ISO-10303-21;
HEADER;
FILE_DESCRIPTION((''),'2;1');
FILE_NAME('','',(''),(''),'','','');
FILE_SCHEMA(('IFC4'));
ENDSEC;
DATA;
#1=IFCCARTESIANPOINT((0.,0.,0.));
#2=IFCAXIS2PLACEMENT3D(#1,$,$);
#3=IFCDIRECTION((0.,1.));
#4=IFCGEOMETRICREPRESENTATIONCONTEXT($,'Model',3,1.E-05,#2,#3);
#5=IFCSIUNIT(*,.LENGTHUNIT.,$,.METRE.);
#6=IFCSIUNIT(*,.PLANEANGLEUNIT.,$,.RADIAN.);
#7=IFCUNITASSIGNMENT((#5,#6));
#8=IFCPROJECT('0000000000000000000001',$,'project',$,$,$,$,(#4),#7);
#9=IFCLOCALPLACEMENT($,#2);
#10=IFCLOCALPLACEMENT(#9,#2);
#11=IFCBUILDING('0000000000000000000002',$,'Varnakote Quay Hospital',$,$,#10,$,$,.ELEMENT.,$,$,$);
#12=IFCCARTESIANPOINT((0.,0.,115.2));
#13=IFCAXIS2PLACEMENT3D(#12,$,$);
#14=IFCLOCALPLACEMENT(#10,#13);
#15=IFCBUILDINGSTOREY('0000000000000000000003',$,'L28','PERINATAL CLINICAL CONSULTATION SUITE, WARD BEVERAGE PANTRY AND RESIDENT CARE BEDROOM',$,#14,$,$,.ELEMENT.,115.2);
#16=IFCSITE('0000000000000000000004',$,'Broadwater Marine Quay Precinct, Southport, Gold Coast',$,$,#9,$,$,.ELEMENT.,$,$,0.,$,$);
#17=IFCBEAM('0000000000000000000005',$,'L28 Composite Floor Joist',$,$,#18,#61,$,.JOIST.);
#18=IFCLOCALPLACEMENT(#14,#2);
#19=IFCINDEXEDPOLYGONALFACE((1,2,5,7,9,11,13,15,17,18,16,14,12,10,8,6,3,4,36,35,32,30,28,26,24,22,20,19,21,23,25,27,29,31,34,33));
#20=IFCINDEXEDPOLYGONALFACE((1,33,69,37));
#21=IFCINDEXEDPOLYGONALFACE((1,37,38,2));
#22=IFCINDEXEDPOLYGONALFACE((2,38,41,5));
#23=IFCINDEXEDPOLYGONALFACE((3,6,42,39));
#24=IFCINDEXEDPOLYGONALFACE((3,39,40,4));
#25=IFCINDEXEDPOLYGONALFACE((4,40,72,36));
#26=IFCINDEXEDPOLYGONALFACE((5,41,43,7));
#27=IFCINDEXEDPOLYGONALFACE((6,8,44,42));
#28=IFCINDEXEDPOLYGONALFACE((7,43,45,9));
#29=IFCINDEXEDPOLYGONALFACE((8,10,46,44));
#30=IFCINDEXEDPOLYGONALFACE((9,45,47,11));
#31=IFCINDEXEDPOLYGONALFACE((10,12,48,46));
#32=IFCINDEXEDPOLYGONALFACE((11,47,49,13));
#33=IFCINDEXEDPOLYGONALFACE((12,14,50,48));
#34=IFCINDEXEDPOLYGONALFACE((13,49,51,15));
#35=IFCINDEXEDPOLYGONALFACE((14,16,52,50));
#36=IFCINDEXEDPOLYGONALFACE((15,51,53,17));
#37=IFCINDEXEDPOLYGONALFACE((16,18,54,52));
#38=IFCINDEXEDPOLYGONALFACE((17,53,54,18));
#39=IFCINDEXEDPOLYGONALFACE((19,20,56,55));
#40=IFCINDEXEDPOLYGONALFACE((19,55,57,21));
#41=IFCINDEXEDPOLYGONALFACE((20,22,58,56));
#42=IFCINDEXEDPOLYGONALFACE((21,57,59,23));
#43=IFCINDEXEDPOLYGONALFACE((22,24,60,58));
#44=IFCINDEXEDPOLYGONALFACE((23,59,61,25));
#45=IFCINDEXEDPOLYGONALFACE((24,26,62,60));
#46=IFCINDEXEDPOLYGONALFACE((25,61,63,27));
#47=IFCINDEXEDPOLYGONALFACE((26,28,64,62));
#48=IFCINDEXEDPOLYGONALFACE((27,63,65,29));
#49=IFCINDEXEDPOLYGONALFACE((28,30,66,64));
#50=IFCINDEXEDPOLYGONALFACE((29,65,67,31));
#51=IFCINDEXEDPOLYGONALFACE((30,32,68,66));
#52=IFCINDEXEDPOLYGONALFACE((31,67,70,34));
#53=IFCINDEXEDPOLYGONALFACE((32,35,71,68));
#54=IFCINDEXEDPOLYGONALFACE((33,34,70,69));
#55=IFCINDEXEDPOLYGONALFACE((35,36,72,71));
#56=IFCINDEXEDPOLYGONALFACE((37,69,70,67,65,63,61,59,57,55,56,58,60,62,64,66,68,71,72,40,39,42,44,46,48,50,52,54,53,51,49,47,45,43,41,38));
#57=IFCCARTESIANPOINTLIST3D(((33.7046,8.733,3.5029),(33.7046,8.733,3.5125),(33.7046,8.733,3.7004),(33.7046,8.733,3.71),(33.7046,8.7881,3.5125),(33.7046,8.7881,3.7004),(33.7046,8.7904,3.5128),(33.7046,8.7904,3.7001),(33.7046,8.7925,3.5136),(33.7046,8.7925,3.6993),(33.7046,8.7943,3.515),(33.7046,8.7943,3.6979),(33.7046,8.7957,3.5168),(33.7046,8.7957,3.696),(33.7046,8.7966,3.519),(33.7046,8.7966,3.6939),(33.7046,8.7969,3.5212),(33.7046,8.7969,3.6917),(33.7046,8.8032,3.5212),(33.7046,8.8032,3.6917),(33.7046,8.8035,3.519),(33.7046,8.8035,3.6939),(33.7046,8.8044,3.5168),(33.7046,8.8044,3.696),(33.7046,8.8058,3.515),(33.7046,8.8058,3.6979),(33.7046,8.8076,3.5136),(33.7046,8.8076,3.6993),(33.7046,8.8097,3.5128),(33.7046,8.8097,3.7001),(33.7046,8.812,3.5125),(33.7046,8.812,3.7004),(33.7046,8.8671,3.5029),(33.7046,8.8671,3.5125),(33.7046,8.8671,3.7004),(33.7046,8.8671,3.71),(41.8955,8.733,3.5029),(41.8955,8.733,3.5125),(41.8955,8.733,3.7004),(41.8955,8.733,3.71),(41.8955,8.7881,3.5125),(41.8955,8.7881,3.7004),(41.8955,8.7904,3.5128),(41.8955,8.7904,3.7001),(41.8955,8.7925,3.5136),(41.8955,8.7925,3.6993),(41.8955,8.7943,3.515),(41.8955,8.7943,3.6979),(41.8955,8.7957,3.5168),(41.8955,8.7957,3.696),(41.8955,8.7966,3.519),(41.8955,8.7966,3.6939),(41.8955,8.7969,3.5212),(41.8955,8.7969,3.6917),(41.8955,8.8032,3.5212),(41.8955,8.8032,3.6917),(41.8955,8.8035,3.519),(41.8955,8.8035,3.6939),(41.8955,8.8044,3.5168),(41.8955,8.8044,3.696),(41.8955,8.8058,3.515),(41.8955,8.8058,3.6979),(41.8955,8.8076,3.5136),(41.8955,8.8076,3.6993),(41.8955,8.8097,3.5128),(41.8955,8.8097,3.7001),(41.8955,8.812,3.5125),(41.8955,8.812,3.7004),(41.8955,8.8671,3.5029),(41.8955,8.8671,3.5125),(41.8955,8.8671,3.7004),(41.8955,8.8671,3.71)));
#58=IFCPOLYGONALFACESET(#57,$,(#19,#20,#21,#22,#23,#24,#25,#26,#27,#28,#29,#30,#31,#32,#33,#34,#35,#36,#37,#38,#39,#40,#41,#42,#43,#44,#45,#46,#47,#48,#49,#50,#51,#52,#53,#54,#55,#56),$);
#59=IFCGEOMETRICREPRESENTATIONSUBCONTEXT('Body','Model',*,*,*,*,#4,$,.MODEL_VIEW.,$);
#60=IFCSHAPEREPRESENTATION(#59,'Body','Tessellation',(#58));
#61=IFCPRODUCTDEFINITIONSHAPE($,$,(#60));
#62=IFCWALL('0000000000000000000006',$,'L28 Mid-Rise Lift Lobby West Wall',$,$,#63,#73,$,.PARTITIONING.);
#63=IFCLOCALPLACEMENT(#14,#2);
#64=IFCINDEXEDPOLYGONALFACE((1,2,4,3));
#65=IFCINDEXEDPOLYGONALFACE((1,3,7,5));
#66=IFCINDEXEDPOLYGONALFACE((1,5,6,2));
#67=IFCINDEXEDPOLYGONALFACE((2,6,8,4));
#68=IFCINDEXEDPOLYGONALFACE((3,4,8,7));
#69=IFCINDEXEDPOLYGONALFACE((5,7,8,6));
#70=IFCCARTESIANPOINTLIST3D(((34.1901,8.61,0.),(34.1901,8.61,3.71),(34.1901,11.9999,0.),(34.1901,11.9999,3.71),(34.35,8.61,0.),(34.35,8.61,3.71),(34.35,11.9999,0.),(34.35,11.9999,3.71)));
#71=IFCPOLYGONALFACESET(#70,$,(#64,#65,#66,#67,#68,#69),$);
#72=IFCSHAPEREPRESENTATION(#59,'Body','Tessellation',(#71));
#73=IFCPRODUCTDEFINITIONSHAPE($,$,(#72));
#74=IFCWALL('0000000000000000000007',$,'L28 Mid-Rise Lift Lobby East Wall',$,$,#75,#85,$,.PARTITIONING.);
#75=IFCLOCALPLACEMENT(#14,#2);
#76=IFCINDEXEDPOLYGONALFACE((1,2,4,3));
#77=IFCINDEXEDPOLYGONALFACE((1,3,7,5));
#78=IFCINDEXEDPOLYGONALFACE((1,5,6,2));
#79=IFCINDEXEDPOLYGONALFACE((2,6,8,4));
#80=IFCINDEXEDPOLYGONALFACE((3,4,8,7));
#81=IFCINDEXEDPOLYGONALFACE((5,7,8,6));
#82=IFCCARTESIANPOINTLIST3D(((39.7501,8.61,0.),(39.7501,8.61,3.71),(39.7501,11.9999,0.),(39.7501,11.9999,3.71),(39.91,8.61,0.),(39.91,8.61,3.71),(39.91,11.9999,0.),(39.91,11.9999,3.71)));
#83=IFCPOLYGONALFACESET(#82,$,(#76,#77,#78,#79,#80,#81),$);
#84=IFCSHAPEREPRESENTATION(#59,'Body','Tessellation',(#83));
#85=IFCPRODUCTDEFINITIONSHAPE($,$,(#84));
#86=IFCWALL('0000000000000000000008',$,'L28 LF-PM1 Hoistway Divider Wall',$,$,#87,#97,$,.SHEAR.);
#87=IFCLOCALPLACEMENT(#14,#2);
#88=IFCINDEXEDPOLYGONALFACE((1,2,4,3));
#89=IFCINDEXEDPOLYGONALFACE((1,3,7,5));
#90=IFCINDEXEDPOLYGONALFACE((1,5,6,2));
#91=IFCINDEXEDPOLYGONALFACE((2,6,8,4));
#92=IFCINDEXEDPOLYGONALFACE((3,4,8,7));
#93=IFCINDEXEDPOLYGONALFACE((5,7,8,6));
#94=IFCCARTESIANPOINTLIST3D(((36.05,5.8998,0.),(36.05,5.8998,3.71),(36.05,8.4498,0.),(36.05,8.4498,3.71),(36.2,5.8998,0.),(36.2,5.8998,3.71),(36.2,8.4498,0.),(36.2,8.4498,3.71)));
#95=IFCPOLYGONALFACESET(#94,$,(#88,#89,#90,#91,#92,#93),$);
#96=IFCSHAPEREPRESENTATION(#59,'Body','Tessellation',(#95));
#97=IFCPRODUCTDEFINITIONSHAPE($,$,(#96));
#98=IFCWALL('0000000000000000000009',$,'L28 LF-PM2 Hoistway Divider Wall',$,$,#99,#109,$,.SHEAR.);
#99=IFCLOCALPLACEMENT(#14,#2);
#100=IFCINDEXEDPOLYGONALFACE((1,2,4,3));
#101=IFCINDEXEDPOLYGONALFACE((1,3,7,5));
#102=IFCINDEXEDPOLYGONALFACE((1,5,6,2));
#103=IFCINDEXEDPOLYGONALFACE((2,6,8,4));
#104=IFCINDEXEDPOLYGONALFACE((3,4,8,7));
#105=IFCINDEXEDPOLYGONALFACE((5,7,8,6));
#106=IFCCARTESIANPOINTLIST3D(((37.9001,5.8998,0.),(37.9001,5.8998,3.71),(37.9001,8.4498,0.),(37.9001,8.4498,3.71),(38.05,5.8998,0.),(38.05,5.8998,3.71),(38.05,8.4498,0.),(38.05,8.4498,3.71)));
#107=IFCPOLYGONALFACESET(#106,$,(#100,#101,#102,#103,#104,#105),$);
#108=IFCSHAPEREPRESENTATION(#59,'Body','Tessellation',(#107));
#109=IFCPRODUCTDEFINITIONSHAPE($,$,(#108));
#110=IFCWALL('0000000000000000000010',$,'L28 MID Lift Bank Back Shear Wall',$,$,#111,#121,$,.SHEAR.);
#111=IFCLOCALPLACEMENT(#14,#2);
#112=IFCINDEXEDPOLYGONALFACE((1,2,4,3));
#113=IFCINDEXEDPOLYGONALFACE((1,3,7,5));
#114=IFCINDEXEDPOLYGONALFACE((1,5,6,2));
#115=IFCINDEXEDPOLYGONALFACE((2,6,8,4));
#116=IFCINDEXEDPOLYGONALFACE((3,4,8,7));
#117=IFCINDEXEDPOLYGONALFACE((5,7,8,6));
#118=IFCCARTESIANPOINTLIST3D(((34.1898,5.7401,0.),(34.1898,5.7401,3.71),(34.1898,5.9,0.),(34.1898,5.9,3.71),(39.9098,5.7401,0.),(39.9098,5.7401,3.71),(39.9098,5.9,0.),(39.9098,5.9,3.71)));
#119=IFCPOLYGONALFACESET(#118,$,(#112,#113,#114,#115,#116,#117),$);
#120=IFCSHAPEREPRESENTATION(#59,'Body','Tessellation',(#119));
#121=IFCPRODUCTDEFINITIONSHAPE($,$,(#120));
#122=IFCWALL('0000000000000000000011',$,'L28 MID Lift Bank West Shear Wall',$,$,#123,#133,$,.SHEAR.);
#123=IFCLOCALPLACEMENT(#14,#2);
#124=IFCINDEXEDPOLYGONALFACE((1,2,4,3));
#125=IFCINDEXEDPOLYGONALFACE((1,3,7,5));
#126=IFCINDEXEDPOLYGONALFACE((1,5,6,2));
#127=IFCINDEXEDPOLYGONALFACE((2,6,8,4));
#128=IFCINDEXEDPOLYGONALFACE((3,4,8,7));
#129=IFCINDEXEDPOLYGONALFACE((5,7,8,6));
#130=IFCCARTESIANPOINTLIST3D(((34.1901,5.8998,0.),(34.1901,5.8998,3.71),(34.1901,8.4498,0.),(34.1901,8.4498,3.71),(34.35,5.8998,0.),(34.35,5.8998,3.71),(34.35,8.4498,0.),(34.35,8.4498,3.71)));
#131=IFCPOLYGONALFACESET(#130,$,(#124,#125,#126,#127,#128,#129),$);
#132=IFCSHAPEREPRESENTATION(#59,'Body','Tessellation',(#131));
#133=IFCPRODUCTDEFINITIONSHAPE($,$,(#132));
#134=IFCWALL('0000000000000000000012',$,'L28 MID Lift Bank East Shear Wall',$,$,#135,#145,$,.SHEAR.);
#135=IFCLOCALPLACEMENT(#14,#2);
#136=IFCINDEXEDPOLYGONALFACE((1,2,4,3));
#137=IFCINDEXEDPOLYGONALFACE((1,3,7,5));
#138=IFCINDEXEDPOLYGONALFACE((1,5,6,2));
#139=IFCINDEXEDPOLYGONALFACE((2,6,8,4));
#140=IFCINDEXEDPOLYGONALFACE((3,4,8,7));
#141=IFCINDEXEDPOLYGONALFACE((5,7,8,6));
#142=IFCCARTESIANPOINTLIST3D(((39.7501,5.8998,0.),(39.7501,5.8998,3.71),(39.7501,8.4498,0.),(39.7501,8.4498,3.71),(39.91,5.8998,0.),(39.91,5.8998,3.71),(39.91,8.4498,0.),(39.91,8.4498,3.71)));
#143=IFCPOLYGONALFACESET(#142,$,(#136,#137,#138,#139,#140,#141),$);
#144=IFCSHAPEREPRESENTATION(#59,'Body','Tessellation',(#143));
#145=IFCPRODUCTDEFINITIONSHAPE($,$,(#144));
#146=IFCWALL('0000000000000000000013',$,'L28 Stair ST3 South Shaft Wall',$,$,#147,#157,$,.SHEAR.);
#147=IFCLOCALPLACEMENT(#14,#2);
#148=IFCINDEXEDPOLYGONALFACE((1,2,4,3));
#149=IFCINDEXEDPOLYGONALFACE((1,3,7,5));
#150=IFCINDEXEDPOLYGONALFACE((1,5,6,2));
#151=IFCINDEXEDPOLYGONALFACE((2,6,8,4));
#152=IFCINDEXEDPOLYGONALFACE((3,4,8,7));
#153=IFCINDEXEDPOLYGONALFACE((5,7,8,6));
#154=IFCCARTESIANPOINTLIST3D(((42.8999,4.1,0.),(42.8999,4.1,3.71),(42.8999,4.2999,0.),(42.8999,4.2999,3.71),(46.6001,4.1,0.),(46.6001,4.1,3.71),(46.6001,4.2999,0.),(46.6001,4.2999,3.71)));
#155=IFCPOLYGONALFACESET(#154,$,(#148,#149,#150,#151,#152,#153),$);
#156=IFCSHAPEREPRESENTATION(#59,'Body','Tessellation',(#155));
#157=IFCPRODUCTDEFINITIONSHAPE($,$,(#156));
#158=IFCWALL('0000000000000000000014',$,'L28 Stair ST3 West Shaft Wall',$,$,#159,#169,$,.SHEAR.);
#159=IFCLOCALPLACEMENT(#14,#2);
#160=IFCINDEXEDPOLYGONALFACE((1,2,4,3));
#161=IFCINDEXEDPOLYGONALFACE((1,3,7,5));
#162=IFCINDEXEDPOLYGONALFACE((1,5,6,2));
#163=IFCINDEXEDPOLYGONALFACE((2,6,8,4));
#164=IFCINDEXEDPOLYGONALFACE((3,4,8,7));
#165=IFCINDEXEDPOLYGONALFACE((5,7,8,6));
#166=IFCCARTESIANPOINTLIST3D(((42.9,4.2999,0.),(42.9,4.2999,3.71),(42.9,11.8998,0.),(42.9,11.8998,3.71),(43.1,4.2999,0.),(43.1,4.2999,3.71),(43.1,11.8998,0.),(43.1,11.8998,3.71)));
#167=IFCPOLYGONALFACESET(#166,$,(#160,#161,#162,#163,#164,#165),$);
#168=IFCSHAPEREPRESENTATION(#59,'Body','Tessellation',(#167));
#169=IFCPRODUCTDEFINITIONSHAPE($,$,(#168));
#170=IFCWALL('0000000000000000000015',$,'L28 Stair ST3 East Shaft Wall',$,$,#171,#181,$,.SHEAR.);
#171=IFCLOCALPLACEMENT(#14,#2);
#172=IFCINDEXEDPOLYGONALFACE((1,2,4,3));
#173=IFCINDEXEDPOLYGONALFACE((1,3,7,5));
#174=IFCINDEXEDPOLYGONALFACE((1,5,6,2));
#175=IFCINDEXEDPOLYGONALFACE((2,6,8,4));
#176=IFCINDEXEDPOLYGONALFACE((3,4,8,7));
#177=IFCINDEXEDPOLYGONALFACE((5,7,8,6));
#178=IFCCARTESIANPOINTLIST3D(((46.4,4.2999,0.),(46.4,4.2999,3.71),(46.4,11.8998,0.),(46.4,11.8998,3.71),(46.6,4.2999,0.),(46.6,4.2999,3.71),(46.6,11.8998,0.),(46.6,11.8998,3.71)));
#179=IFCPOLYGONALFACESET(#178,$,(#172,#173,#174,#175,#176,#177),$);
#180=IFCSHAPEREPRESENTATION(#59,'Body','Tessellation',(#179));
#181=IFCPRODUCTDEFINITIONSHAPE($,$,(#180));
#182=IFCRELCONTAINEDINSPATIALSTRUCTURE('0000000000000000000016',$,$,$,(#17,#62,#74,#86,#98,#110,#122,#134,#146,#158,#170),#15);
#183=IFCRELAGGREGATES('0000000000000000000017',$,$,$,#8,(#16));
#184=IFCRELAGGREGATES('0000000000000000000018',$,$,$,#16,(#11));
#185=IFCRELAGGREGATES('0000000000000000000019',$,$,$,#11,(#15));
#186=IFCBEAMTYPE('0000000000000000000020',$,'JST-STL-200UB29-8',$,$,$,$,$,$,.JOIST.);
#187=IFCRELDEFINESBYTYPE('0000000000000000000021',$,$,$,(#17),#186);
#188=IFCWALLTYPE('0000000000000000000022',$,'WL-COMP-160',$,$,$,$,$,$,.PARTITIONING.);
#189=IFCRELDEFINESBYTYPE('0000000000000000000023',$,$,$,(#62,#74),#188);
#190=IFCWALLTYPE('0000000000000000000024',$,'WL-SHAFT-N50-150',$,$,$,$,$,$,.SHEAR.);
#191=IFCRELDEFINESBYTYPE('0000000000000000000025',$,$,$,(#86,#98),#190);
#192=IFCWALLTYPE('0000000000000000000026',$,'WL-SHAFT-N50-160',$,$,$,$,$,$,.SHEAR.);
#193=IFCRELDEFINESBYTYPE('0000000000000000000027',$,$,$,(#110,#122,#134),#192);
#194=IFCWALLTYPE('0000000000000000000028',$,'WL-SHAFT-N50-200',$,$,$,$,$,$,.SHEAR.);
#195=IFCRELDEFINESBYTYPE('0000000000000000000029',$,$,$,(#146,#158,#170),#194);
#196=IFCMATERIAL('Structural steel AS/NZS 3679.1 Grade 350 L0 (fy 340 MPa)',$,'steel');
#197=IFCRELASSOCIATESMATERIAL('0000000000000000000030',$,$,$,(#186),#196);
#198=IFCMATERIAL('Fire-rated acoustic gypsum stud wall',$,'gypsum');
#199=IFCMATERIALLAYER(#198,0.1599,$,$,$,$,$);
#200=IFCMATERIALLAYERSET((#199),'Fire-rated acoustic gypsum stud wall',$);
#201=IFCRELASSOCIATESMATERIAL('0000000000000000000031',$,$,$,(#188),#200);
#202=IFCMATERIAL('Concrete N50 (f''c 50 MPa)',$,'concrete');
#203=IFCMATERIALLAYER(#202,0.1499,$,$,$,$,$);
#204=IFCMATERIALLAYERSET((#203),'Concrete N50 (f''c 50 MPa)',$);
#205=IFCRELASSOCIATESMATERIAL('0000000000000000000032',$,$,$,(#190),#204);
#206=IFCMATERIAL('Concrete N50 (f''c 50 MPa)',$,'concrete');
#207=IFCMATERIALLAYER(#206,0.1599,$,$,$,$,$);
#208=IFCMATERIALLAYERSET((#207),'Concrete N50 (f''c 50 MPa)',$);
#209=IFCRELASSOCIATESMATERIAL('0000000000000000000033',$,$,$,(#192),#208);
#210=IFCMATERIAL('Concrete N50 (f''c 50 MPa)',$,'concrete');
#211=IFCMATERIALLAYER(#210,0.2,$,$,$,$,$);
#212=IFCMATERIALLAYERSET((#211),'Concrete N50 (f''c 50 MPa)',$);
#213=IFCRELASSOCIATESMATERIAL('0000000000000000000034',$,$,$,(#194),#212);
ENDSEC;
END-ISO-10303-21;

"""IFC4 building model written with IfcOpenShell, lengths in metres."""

from ifc_helpers import new_model, si_unit, direction, frame, frame_2d, origin, origin_2d, place, context, subcontext, project, spatial, rectangle, i_section, extrude, material, layer, layer_set, material_profile, profile_set, type_object, element, save


model = new_model("IFC4")

# Units and contexts
model_context = context("Model", 3, precision=1e-05, world=origin(), true_north=direction((0.0, 1.0)))
body_context = subcontext(model_context, "Body", "Model", "MODEL_VIEW")
ifc_project = project(units=[si_unit("LENGTHUNIT", "METRE"), si_unit("PLANEANGLEUNIT", "RADIAN")], contexts=[model_context])

# Site, building, storey
site_placement = place(None, origin())
site = spatial("IfcSite", under=ifc_project, at=site_placement, Name="Broadwater Marine Quay Precinct, Southport, Gold Coast", CompositionType="ELEMENT", RefElevation=0.0)
building_placement = place(site_placement, origin())
building = spatial("IfcBuilding", under=site, at=building_placement, Name="Varnakote Quay Hospital", CompositionType="ELEMENT")
storey_placement = place(building_placement, frame((0.0, 0.0, 115.2)))
storey = spatial("IfcBuildingStorey", under=building, at=storey_placement, Name="L28", Description="PERINATAL CLINICAL CONSULTATION SUITE, WARD BEVERAGE PANTRY AND RESIDENT CARE BEDROOM", CompositionType="ELEMENT", Elevation=115.2)

# Beam
ifc_material_1 = material(Name="Structural steel AS/NZS 3679.1 Grade 350 L0 (fy 340 MPa)", Category="steel")
ifc_material_profile_1 = material_profile(ifc_material_1, i_section(OverallWidth=0.134, OverallDepth=0.207, WebThickness=0.0063, FlangeThickness=0.0095, FilletRadius=0.0088, at=origin_2d()), Name="200UB29.8")
ifc_profile_set_1 = profile_set([ifc_material_profile_1], Name="Structural steel AS/NZS 3679.1 Grade 350 L0 (fy 340 MPa)")
beam_type_1 = type_object("IfcBeamType", Name="JST-STL-200UB29-8", PredefinedType="JOIST", material=ifc_profile_set_1)
beam_placement = place(storey_placement, frame((33.7046, 8.8, 3.6064), z_axis=(1.0, 0.0, 0.0), x_axis=(0.0, 1.0, 0.0)))
element("IfcBeam", 1, at=beam_placement, inside=storey, type_object=beam_type_1, Name="L28 Composite Floor Joist", PredefinedType="JOIST", context=body_context, shape_type="SweptSolid", body=[
    extrude(i_section(OverallWidth=0.134, OverallDepth=0.207, WebThickness=0.0063, FlangeThickness=0.0095, FilletRadius=0.0088, at=origin_2d()), origin(), (0.0, 0.0, 1.0), 8.1909),
])

# Walls
ifc_material_2 = material(Name="Fire-rated acoustic gypsum stud wall", Category="gypsum")
ifc_layer_1 = layer(ifc_material_2, 0.1599)
ifc_layer_set_1 = layer_set([ifc_layer_1], Name="Fire-rated acoustic gypsum stud wall")
wall_type_1 = type_object("IfcWallType", Name="WL-COMP-160", PredefinedType="PARTITIONING", material=ifc_layer_set_1)
for number, where, z_axis, x_axis, name in (
    (2, (34.27, 8.6101, 0.0), (0.0, 0.0, 1.0), (0.0, 1.0, 0.0), "L28 Mid-Rise Lift Lobby West Wall"),
    (3, (39.8301, 8.6101, 0.0), (0.0, 0.0, 1.0), (0.0, 1.0, 0.0), "L28 Mid-Rise Lift Lobby East Wall"),
):
    element("IfcWall", number, at=place(storey_placement, frame(where, z_axis=z_axis, x_axis=x_axis)), inside=storey, type_object=wall_type_1, Name=name, PredefinedType="PARTITIONING", context=body_context, shape_type="SweptSolid", body=[
        extrude(rectangle(XDim=3.3899, YDim=0.1599, at=frame_2d((1.6948, 0.0))), origin(), (0.0, 0.0, 1.0), 3.71),
    ])
ifc_material_3 = material(Name="Concrete N50 (f'c 50 MPa)", Category="concrete")
ifc_layer_2 = layer(ifc_material_3, 0.1499)
ifc_layer_set_2 = layer_set([ifc_layer_2], Name="Concrete N50 (f'c 50 MPa)")
wall_type_2 = type_object("IfcWallType", Name="WL-SHAFT-N50-150", PredefinedType="SHEAR", material=ifc_layer_set_2)
for number, where, z_axis, x_axis, name in (
    (4, (36.125, 5.8999, 0.0), (0.0, 0.0, 1.0), (0.0, 1.0, 0.0), "L28 LF-PM1 Hoistway Divider Wall"),
    (5, (37.9751, 5.8999, 0.0), (0.0, 0.0, 1.0), (0.0, 1.0, 0.0), "L28 LF-PM2 Hoistway Divider Wall"),
):
    element("IfcWall", number, at=place(storey_placement, frame(where, z_axis=z_axis, x_axis=x_axis)), inside=storey, type_object=wall_type_2, Name=name, PredefinedType="SHEAR", context=body_context, shape_type="SweptSolid", body=[
        extrude(rectangle(XDim=2.55, YDim=0.1499, at=frame_2d((1.2749, 0.0))), origin(), (0.0, 0.0, 1.0), 3.71),
    ])
ifc_material_4 = material(Name="Concrete N50 (f'c 50 MPa)", Category="concrete")
ifc_layer_3 = layer(ifc_material_4, 0.1599)
ifc_layer_set_3 = layer_set([ifc_layer_3], Name="Concrete N50 (f'c 50 MPa)")
wall_type_3 = type_object("IfcWallType", Name="WL-SHAFT-N50-160", PredefinedType="SHEAR", material=ifc_layer_set_3)
wall_1_placement = place(storey_placement, frame((34.1899, 5.8201, 0.0), z_axis=(0.0, 0.0, 1.0), x_axis=(1.0, 0.0, 0.0)))
element("IfcWall", 6, at=wall_1_placement, inside=storey, type_object=wall_type_3, Name="L28 MID Lift Bank Back Shear Wall", PredefinedType="SHEAR", context=body_context, shape_type="SweptSolid", body=[
    extrude(rectangle(XDim=5.72, YDim=0.1599, at=frame_2d((2.8599, 0.0))), origin(), (0.0, 0.0, 1.0), 3.71),
])
for number, where, z_axis, x_axis, name in (
    (7, (34.27, 5.8999, 0.0), (0.0, 0.0, 1.0), (0.0, 1.0, 0.0), "L28 MID Lift Bank West Shear Wall"),
    (8, (39.8301, 5.8999, 0.0), (0.0, 0.0, 1.0), (0.0, 1.0, 0.0), "L28 MID Lift Bank East Shear Wall"),
):
    element("IfcWall", number, at=place(storey_placement, frame(where, z_axis=z_axis, x_axis=x_axis)), inside=storey, type_object=wall_type_3, Name=name, PredefinedType="SHEAR", context=body_context, shape_type="SweptSolid", body=[
        extrude(rectangle(XDim=2.55, YDim=0.1599, at=frame_2d((1.2749, 0.0))), origin(), (0.0, 0.0, 1.0), 3.71),
    ])

# Walls
ifc_material_5 = material(Name="Concrete N50 (f'c 50 MPa)", Category="concrete")
ifc_layer_4 = layer(ifc_material_5, 0.2)
ifc_layer_set_4 = layer_set([ifc_layer_4], Name="Concrete N50 (f'c 50 MPa)")
wall_type_4 = type_object("IfcWallType", Name="WL-SHAFT-N50-200", PredefinedType="SHEAR", material=ifc_layer_set_4)
wall_2_placement = place(storey_placement, frame((42.8999, 4.2, 0.0), z_axis=(0.0, 0.0, 1.0), x_axis=(1.0, 0.0, 0.0)))
element("IfcWall", 9, at=wall_2_placement, inside=storey, type_object=wall_type_4, Name="L28 Stair ST3 South Shaft Wall", PredefinedType="SHEAR", context=body_context, shape_type="SweptSolid", body=[
    extrude(rectangle(XDim=3.7002, YDim=0.2, at=frame_2d((1.8501, 0.0))), origin(), (0.0, 0.0, 1.0), 3.71),
])
for number, where, z_axis, x_axis, name in (
    (10, (43.0, 4.3, 0.0), (0.0, 0.0, 1.0), (0.0, 1.0, 0.0), "L28 Stair ST3 West Shaft Wall"),
    (11, (46.5, 4.3, 0.0), (0.0, 0.0, 1.0), (0.0, 1.0, 0.0), "L28 Stair ST3 East Shaft Wall"),
):
    element("IfcWall", number, at=place(storey_placement, frame(where, z_axis=z_axis, x_axis=x_axis)), inside=storey, type_object=wall_type_4, Name=name, PredefinedType="SHEAR", context=body_context, shape_type="SweptSolid", body=[
        extrude(rectangle(XDim=7.5999, YDim=0.2, at=frame_2d((3.7998, 0.0))), origin(), (0.0, 0.0, 1.0), 3.71),
    ])

save(model, "model.ifc")
